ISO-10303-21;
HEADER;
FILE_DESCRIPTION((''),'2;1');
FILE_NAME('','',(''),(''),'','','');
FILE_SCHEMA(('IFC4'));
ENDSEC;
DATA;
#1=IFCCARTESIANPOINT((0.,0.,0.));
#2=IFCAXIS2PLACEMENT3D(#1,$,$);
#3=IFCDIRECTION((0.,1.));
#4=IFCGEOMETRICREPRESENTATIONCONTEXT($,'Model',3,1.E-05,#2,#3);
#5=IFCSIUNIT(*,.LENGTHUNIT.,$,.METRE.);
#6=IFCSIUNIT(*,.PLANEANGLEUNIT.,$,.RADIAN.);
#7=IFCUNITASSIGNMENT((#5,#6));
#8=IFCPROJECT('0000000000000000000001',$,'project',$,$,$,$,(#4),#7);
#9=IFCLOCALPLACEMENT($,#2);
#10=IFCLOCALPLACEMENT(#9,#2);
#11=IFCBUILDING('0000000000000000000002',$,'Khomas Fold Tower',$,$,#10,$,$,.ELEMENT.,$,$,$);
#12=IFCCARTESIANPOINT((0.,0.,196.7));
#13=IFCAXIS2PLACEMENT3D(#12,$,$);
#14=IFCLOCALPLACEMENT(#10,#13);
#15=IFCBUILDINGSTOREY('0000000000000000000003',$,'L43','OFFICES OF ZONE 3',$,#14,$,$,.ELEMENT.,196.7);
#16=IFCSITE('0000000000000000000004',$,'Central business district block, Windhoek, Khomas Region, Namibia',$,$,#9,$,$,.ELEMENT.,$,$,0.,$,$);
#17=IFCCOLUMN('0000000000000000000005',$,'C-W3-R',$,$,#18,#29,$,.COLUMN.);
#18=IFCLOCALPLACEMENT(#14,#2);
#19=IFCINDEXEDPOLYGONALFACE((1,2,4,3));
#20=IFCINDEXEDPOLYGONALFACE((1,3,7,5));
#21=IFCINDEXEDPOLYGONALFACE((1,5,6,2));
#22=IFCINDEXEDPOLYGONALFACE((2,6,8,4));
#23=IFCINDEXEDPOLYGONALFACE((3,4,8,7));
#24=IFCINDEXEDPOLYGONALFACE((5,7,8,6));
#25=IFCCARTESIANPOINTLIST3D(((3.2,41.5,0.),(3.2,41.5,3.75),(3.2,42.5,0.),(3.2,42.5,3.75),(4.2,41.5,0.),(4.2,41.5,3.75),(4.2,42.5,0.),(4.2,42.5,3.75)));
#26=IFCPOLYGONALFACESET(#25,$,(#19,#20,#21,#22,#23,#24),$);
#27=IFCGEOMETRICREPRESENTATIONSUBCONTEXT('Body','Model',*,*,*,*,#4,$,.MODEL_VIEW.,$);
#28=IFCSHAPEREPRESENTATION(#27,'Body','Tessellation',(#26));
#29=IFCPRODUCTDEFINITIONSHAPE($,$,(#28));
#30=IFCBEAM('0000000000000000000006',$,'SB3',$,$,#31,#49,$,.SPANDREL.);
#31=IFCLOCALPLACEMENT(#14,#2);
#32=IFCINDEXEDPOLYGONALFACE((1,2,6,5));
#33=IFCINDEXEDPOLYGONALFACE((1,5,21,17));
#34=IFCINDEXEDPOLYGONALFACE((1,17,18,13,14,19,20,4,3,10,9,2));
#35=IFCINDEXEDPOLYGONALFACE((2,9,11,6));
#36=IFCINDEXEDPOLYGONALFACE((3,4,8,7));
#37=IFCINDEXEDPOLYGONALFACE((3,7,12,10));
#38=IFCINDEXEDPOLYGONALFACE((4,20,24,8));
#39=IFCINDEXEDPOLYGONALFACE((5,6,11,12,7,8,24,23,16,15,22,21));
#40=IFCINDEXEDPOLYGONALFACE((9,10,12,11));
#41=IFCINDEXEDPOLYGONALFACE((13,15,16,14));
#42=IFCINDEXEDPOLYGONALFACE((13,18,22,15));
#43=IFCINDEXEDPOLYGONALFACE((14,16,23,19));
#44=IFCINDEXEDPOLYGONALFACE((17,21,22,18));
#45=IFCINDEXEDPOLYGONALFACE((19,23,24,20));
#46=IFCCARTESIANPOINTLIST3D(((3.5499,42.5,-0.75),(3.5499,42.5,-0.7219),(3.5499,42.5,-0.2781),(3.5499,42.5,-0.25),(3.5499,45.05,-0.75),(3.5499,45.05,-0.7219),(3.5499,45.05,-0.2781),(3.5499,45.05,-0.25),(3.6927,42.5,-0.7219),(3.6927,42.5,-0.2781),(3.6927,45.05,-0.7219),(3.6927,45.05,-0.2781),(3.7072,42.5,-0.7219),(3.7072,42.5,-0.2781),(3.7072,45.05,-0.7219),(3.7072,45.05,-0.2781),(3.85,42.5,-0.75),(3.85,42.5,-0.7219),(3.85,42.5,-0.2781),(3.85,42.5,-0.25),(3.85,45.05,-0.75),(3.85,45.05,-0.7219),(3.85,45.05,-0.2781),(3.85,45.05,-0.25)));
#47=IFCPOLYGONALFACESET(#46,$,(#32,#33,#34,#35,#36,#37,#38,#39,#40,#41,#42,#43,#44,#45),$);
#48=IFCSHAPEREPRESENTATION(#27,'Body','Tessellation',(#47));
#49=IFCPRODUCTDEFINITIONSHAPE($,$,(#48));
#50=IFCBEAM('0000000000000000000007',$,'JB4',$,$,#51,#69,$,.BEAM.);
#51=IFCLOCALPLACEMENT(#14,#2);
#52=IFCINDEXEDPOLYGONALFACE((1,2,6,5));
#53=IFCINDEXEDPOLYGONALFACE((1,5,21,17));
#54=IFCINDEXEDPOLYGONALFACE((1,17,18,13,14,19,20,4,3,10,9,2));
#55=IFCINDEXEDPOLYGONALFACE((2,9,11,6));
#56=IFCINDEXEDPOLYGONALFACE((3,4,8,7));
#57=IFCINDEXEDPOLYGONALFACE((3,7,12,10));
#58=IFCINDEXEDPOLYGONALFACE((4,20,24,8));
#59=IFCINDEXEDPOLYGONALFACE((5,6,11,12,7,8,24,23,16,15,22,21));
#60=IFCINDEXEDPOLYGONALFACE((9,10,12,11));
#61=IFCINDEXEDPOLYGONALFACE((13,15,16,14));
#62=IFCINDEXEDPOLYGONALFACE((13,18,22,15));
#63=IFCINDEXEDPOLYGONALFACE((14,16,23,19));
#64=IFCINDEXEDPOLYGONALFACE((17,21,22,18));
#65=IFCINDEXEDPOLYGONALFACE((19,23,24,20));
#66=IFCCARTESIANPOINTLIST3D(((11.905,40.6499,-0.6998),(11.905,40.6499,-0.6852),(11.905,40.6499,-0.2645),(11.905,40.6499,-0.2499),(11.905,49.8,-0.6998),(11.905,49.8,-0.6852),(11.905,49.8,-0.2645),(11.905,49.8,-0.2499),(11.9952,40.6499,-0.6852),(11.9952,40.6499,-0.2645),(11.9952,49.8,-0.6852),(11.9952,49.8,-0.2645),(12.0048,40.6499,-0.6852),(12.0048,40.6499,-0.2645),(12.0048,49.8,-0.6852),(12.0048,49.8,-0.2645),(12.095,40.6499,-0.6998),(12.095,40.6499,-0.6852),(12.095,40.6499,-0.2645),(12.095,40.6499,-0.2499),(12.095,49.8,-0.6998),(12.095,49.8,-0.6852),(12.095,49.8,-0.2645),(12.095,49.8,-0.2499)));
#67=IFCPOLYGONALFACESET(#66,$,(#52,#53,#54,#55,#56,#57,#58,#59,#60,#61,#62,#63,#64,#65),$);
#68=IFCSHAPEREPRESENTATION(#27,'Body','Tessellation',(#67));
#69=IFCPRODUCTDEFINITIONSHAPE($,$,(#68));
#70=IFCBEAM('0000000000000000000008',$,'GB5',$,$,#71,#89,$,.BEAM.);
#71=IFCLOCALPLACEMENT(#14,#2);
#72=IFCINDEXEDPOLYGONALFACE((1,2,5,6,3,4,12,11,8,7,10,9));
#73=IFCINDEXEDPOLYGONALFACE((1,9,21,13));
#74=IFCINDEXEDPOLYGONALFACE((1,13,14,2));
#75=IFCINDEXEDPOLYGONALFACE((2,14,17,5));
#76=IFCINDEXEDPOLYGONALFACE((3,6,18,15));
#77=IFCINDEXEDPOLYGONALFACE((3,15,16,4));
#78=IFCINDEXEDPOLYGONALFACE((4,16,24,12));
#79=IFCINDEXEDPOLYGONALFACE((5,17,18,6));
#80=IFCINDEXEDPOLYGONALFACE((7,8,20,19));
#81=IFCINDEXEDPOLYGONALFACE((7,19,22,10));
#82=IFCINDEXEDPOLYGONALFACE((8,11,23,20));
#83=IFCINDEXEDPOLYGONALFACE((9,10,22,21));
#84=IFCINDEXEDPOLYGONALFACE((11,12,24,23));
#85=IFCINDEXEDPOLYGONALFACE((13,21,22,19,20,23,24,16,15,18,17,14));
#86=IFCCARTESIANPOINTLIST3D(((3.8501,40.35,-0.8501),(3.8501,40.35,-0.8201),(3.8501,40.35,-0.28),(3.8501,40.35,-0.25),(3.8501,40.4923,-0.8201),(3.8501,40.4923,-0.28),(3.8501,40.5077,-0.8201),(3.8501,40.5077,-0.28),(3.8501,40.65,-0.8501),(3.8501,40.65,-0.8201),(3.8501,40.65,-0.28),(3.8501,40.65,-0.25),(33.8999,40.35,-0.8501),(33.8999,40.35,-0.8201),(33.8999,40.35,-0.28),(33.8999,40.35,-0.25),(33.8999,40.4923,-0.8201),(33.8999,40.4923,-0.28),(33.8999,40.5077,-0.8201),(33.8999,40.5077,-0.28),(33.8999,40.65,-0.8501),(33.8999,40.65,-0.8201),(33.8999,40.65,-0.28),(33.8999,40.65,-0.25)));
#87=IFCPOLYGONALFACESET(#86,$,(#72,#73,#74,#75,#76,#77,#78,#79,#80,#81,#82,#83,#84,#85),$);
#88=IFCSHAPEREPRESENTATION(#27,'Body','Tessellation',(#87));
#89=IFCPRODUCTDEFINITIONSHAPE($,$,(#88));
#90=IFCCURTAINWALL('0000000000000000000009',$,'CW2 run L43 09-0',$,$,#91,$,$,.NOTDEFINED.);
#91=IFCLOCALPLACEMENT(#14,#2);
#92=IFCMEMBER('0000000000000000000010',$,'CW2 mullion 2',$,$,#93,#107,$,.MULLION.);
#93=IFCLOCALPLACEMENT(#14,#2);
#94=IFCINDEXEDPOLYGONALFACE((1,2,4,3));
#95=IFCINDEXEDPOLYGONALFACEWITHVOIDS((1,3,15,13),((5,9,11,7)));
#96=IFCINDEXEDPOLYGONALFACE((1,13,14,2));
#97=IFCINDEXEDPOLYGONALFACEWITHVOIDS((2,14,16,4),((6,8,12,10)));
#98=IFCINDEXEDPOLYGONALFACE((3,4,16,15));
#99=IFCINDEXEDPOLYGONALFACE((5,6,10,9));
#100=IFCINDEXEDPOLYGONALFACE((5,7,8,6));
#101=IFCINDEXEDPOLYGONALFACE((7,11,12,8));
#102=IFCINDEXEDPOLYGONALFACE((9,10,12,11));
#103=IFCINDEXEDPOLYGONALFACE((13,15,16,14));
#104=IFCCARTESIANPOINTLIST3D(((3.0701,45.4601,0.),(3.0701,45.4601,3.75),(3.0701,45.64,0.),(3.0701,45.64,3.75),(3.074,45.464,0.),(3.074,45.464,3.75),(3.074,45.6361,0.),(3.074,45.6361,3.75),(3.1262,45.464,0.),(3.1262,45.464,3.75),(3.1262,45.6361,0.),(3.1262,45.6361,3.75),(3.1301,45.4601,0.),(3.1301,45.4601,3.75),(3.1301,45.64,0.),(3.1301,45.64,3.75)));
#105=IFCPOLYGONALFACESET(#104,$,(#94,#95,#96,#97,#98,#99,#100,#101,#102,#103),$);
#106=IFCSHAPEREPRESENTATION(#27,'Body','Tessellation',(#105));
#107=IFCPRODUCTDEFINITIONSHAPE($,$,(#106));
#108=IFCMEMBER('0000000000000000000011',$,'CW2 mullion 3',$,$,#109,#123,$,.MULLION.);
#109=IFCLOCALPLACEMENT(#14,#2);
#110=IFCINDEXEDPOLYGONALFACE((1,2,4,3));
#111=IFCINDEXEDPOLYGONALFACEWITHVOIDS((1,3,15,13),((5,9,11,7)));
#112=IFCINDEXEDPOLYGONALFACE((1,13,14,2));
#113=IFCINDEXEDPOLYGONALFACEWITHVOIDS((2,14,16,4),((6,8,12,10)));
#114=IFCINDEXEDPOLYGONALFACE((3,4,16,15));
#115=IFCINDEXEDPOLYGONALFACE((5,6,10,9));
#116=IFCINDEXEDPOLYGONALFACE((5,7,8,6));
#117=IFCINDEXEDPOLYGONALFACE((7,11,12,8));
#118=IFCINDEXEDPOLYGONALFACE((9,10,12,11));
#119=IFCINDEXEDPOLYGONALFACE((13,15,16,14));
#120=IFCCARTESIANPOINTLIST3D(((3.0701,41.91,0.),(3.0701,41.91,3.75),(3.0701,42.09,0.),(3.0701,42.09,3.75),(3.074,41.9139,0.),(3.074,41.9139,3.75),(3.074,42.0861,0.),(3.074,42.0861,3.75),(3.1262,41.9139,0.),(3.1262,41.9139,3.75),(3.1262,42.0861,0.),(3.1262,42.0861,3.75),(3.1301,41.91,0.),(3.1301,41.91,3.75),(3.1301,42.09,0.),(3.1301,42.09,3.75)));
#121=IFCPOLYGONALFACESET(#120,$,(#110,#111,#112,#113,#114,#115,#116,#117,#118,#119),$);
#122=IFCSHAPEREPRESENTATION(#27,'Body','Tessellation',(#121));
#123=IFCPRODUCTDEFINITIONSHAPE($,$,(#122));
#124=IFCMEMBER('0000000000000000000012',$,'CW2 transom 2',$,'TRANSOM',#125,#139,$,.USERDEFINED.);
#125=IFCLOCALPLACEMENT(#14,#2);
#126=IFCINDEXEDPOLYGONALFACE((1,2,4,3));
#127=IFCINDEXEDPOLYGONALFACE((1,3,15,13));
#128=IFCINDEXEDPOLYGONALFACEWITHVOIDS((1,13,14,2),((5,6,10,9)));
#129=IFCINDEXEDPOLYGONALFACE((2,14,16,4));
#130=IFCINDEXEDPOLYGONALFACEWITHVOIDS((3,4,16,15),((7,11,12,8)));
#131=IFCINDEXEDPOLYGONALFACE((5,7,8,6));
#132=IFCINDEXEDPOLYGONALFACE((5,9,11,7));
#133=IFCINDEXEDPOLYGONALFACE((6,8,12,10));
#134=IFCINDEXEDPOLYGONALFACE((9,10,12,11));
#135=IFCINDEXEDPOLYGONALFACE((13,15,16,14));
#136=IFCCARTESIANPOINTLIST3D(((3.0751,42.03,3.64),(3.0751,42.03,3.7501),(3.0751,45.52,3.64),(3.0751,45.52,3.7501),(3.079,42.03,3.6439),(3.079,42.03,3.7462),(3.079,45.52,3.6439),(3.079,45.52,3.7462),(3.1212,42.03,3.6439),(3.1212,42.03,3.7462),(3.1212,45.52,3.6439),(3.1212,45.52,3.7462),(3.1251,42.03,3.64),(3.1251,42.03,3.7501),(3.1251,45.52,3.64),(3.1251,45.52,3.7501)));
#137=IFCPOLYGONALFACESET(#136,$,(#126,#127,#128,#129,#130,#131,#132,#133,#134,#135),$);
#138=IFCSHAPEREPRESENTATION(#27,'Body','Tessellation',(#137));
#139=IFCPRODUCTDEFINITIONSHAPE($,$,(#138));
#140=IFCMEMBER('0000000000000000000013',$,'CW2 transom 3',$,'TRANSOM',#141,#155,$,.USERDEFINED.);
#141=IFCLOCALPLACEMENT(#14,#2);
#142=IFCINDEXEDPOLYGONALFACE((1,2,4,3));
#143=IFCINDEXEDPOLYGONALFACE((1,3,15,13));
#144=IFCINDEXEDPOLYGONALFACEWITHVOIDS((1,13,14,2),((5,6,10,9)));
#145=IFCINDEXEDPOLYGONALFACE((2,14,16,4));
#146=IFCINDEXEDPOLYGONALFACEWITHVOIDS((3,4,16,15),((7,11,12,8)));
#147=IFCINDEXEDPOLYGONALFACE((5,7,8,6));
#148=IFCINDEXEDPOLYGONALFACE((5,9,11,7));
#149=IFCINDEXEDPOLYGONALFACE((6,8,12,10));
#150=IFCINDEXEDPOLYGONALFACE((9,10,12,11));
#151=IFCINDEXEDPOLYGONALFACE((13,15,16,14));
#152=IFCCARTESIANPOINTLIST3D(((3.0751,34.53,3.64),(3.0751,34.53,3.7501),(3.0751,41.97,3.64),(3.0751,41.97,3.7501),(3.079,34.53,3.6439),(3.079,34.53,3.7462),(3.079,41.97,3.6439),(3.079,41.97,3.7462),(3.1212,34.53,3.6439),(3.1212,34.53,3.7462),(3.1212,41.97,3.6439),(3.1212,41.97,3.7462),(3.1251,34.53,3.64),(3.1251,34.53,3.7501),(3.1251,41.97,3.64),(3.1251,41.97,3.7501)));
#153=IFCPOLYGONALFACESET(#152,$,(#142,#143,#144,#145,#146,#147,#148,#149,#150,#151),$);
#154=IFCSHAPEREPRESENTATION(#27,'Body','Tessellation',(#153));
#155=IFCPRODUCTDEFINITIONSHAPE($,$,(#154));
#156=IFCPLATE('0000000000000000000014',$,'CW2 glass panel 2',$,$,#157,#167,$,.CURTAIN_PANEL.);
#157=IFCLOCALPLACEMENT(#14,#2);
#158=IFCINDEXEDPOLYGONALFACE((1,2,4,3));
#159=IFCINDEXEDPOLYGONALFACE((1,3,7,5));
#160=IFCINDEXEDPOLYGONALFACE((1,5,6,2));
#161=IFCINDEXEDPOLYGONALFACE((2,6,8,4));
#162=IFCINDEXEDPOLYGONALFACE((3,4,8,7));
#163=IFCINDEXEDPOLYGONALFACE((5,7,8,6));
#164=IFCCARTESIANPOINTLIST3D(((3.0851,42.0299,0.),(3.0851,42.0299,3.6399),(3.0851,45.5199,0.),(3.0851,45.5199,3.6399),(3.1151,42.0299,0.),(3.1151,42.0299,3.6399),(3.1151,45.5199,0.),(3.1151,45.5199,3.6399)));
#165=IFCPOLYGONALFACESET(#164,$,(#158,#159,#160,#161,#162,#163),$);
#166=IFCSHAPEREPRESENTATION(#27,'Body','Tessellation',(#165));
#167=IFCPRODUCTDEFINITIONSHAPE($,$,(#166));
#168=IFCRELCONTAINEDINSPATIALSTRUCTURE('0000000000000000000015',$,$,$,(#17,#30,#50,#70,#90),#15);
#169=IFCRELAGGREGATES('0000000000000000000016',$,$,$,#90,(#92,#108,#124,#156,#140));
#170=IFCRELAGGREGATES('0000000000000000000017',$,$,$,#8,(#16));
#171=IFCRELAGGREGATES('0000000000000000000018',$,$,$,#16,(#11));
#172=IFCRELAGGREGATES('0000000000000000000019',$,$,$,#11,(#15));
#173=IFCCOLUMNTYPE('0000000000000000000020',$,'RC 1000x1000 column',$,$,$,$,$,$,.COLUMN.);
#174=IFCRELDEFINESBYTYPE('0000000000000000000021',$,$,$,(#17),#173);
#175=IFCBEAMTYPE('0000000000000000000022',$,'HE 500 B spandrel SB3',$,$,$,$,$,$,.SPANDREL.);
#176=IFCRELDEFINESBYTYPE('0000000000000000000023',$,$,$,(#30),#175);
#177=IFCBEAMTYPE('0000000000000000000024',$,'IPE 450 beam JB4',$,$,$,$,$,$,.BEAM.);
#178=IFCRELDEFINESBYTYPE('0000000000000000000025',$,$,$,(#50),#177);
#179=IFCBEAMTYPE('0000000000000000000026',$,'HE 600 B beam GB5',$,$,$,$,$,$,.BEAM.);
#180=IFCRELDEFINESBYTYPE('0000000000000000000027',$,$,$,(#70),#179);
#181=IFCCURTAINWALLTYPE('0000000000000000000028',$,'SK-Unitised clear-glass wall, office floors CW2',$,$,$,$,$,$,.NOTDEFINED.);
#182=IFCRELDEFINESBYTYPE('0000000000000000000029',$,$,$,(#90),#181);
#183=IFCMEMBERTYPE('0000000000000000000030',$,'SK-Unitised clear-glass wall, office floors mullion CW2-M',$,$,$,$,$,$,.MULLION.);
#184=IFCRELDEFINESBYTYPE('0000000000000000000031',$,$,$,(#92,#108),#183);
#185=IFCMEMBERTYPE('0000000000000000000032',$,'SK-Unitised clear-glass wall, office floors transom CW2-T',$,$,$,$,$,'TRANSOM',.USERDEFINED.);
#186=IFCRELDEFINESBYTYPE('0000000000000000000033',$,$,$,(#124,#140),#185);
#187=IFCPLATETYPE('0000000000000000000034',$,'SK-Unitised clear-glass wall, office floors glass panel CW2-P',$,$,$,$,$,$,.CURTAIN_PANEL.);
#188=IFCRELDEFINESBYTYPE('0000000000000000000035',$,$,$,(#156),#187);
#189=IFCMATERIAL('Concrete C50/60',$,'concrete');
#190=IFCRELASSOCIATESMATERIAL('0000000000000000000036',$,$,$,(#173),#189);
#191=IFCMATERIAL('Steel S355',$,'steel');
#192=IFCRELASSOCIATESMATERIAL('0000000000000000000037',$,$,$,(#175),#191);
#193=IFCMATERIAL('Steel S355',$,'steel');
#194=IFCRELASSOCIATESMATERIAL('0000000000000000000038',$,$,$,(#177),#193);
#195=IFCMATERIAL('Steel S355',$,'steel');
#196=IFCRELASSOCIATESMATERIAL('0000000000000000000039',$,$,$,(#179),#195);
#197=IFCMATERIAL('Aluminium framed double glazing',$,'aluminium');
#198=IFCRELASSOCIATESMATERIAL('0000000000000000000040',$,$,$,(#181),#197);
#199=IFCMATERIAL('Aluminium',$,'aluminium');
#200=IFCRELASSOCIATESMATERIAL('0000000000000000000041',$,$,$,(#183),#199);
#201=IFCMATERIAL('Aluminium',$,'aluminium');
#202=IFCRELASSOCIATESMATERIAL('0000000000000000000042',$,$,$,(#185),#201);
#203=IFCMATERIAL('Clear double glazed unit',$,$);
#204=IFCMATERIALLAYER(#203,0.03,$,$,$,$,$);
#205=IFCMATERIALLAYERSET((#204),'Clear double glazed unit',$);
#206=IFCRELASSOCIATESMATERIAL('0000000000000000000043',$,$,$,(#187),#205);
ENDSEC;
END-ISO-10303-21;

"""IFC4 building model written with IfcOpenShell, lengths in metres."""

from ifc_helpers import new_model, si_unit, direction, frame, origin, origin_2d, place, context, subcontext, project, spatial, rectangle, hollow_rectangle, i_section, extrude, source, transform, mapped, material, layer, layer_set, material_profile, profile_set, type_object, element, aggregate, save


model = new_model("IFC4")

# Units and contexts
model_context = context("Model", 3, precision=1e-05, world=origin(), true_north=direction((0.0, 1.0)))
body_context = subcontext(model_context, "Body", "Model", "MODEL_VIEW")
ifc_project = project(units=[si_unit("LENGTHUNIT", "METRE"), si_unit("PLANEANGLEUNIT", "RADIAN")], contexts=[model_context])

# Site, building, storey
site_placement = place(None, origin())
site = spatial("IfcSite", under=ifc_project, at=site_placement, Name="Central business district block, Windhoek, Khomas Region, Namibia", CompositionType="ELEMENT", RefElevation=0.0)
building_placement = place(site_placement, origin())
building = spatial("IfcBuilding", under=site, at=building_placement, Name="Khomas Fold Tower", CompositionType="ELEMENT")
storey_placement = place(building_placement, frame((0.0, 0.0, 196.7)))
storey = spatial("IfcBuildingStorey", under=building, at=storey_placement, Name="L43", Description="OFFICES OF ZONE 3", CompositionType="ELEMENT", Elevation=196.7)

# Column
ifc_material_1 = material(Name="Concrete C50/60", Category="concrete")
ifc_material_profile_1 = material_profile(ifc_material_1, rectangle(XDim=1.0, YDim=1.0, at=origin_2d()), Name="RC 1000x1000")
ifc_profile_set_1 = profile_set([ifc_material_profile_1], Name="Concrete C50/60")
column_type = type_object("IfcColumnType", Name="RC 1000x1000 column", PredefinedType="COLUMN", material=ifc_profile_set_1)
shared_shape_1 = source(origin(), body_context, "Body", "SweptSolid", [
    extrude(rectangle(XDim=1.0, YDim=1.0, at=origin_2d()), origin(), (0.0, 0.0, 1.0), 3.75),
])
column_placement = place(storey_placement, frame((3.7, 42.0, 0.0), z_axis=(0.0, 0.0, 1.0), x_axis=(1.0, 0.0, 0.0)))
element("IfcColumn", 1, at=column_placement, inside=storey, type_object=column_type, Name="C-W3-R", PredefinedType="COLUMN", context=body_context, shape_type="MappedRepresentation", body=[
    mapped(shared_shape_1, transform((0.0, 0.0, 0.0))),
])

# Beams
ifc_material_2 = material(Name="Steel S355", Category="steel")
ifc_material_profile_2 = material_profile(ifc_material_2, i_section(OverallWidth=0.3, OverallDepth=0.5, WebThickness=0.0144, FlangeThickness=0.0281, at=origin_2d()), Name="HE 500 B")
ifc_profile_set_2 = profile_set([ifc_material_profile_2], Name="Steel S355")
beam_type_1 = type_object("IfcBeamType", Name="HE 500 B spandrel SB3", PredefinedType="SPANDREL", material=ifc_profile_set_2)
shared_shape_2 = source(origin(), body_context, "Body", "SweptSolid", [
    extrude(i_section(OverallWidth=0.3, OverallDepth=0.5, WebThickness=0.0144, FlangeThickness=0.0281, at=origin_2d()), origin(), (0.0, 0.0, 1.0), 2.55),
])
beam_1_placement = place(storey_placement, frame((3.7, 42.5, -0.5), z_axis=(0.0, 1.0, 0.0), x_axis=(-1.0, 0.0, 0.0)))
element("IfcBeam", 2, at=beam_1_placement, inside=storey, type_object=beam_type_1, Name="SB3", PredefinedType="SPANDREL", context=body_context, shape_type="MappedRepresentation", body=[
    mapped(shared_shape_2, transform((0.0, 0.0, 0.0))),
])
ifc_material_3 = material(Name="Steel S355", Category="steel")
ifc_material_profile_3 = material_profile(ifc_material_3, i_section(OverallWidth=0.1899, OverallDepth=0.45, WebThickness=0.0095, FlangeThickness=0.0146, at=origin_2d()), Name="IPE 450")
ifc_profile_set_3 = profile_set([ifc_material_profile_3], Name="Steel S355")
beam_type_2 = type_object("IfcBeamType", Name="IPE 450 beam JB4", PredefinedType="BEAM", material=ifc_profile_set_3)
shared_shape_3 = source(origin(), body_context, "Body", "SweptSolid", [
    extrude(i_section(OverallWidth=0.1899, OverallDepth=0.45, WebThickness=0.0095, FlangeThickness=0.0146, at=origin_2d()), origin(), (0.0, 0.0, 1.0), 9.1501),
])
beam_2_placement = place(storey_placement, frame((12.0, 40.6499, -0.4749), z_axis=(0.0, 1.0, 0.0), x_axis=(-1.0, 0.0, 0.0)))
element("IfcBeam", 3, at=beam_2_placement, inside=storey, type_object=beam_type_2, Name="JB4", PredefinedType="BEAM", context=body_context, shape_type="MappedRepresentation", body=[
    mapped(shared_shape_3, transform((0.0, 0.0, 0.0))),
])
ifc_material_4 = material(Name="Steel S355", Category="steel")
ifc_material_profile_4 = material_profile(ifc_material_4, i_section(OverallWidth=0.3, OverallDepth=0.6001, WebThickness=0.0154, FlangeThickness=0.03, at=origin_2d()), Name="HE 600 B")
ifc_profile_set_4 = profile_set([ifc_material_profile_4], Name="Steel S355")
beam_type_3 = type_object("IfcBeamType", Name="HE 600 B beam GB5", PredefinedType="BEAM", material=ifc_profile_set_4)
shared_shape_4 = source(origin(), body_context, "Body", "SweptSolid", [
    extrude(i_section(OverallWidth=0.3, OverallDepth=0.6001, WebThickness=0.0154, FlangeThickness=0.03, at=origin_2d()), origin(), (0.0, 0.0, 1.0), 30.0498),
])
beam_3_placement = place(storey_placement, frame((3.8501, 40.5, -0.55), z_axis=(1.0, 0.0, 0.0), x_axis=(0.0, 1.0, 0.0)))
element("IfcBeam", 4, at=beam_3_placement, inside=storey, type_object=beam_type_3, Name="GB5", PredefinedType="BEAM", context=body_context, shape_type="MappedRepresentation", body=[
    mapped(shared_shape_4, transform((0.0, 0.0, 0.0))),
])

# Curtain wall, members, plate
ifc_material_5 = material(Name="Aluminium framed double glazing", Category="aluminium")
curtain_wall_type = type_object("IfcCurtainWallType", Name="SK-Unitised clear-glass wall, office floors CW2", PredefinedType="NOTDEFINED", material=ifc_material_5)
curtain_wall_placement = place(storey_placement, origin())
curtain_wall = element("IfcCurtainWall", 5, at=curtain_wall_placement, inside=storey, type_object=curtain_wall_type, Name="CW2 run L43 09-0", PredefinedType="NOTDEFINED")
ifc_material_6 = material(Name="Aluminium", Category="aluminium")
ifc_material_profile_5 = material_profile(ifc_material_6, hollow_rectangle(XDim=0.0601, YDim=0.1799, WallThickness=0.0039, at=origin_2d()), Name="SK-Unitised clear-glass wall, office floors mullion CW2-M")
ifc_profile_set_5 = profile_set([ifc_material_profile_5], Name="Aluminium")
member_type_1 = type_object("IfcMemberType", Name="SK-Unitised clear-glass wall, office floors mullion CW2-M", PredefinedType="MULLION", material=ifc_profile_set_5)
shared_shape_5 = source(origin(), body_context, "Body", "SweptSolid", [
    extrude(hollow_rectangle(XDim=0.0601, YDim=0.1799, WallThickness=0.0039, at=origin_2d()), origin(), (0.0, 0.0, 1.0), 3.75),
])
member_1_placement = place(storey_placement, frame((3.1001, 45.55, 0.0), z_axis=(0.0, 0.0, 1.0), x_axis=(1.0, 0.0, 0.0)))
member_1 = element("IfcMember", 6, at=member_1_placement, type_object=member_type_1, Name="CW2 mullion 2", PredefinedType="MULLION", context=body_context, shape_type="MappedRepresentation", body=[
    mapped(shared_shape_5, transform((0.0, 0.0, 0.0))),
])
member_2_placement = place(storey_placement, frame((3.1001, 42.0, 0.0), z_axis=(0.0, 0.0, 1.0), x_axis=(1.0, 0.0, 0.0)))
member_2 = element("IfcMember", 7, at=member_2_placement, type_object=member_type_1, Name="CW2 mullion 3", PredefinedType="MULLION", context=body_context, shape_type="MappedRepresentation", body=[
    mapped(shared_shape_5, transform((0.0, 0.0, 0.0))),
])
ifc_material_7 = material(Name="Aluminium", Category="aluminium")
ifc_material_profile_6 = material_profile(ifc_material_7, hollow_rectangle(XDim=0.05, YDim=0.1101, WallThickness=0.0039, at=origin_2d()), Name="SK-Unitised clear-glass wall, office floors transom CW2-T")
ifc_profile_set_6 = profile_set([ifc_material_profile_6], Name="Aluminium")
member_type_2 = type_object("IfcMemberType", Name="SK-Unitised clear-glass wall, office floors transom CW2-T", ElementType="TRANSOM", PredefinedType="USERDEFINED", material=ifc_profile_set_6)
shared_shape_6 = source(origin(), body_context, "Body", "SweptSolid", [
    extrude(hollow_rectangle(XDim=0.05, YDim=0.1101, WallThickness=0.0039, at=origin_2d()), origin(), (0.0, 0.0, 1.0), 3.49),
])
member_3_placement = place(storey_placement, frame((3.1001, 45.52, 3.6951), z_axis=(0.0, -1.0, 0.0), x_axis=(1.0, 0.0, 0.0)))
member_3 = element("IfcMember", 8, at=member_3_placement, type_object=member_type_2, Name="CW2 transom 2", ObjectType="TRANSOM", PredefinedType="USERDEFINED", context=body_context, shape_type="MappedRepresentation", body=[
    mapped(shared_shape_6, transform((0.0, 0.0, 0.0))),
])
shared_shape_7 = source(origin(), body_context, "Body", "SweptSolid", [
    extrude(hollow_rectangle(XDim=0.05, YDim=0.1101, WallThickness=0.0039, at=origin_2d()), origin(), (0.0, 0.0, 1.0), 7.4399),
])
member_4_placement = place(storey_placement, frame((3.1001, 41.97, 3.6951), z_axis=(0.0, -1.0, 0.0), x_axis=(1.0, 0.0, 0.0)))
member_4 = element("IfcMember", 9, at=member_4_placement, type_object=member_type_2, Name="CW2 transom 3", ObjectType="TRANSOM", PredefinedType="USERDEFINED", context=body_context, shape_type="MappedRepresentation", body=[
    mapped(shared_shape_7, transform((0.0, 0.0, 0.0))),
])
ifc_material_8 = material(Name="Clear double glazed unit")
ifc_layer_1 = layer(ifc_material_8, 0.03)
ifc_layer_set_1 = layer_set([ifc_layer_1], Name="Clear double glazed unit")
plate_type = type_object("IfcPlateType", Name="SK-Unitised clear-glass wall, office floors glass panel CW2-P", PredefinedType="CURTAIN_PANEL", material=ifc_layer_set_1)
shared_shape_8 = source(origin(), body_context, "Body", "SweptSolid", [
    extrude(rectangle(XDim=3.49, YDim=0.03, at=origin_2d()), origin(), (0.0, 0.0, 1.0), 3.6399),
])
plate_placement = place(storey_placement, frame((3.1001, 43.7749, 0.0), z_axis=(0.0, 0.0, 1.0), x_axis=(0.0, -1.0, 0.0)))
plate = element("IfcPlate", 10, at=plate_placement, type_object=plate_type, Name="CW2 glass panel 2", PredefinedType="CURTAIN_PANEL", context=body_context, shape_type="MappedRepresentation", body=[
    mapped(shared_shape_8, transform((0.0, 0.0, 0.0))),
])
aggregate(curtain_wall, [member_1, member_2, member_3, plate, member_4])

save(model, "model.ifc")
